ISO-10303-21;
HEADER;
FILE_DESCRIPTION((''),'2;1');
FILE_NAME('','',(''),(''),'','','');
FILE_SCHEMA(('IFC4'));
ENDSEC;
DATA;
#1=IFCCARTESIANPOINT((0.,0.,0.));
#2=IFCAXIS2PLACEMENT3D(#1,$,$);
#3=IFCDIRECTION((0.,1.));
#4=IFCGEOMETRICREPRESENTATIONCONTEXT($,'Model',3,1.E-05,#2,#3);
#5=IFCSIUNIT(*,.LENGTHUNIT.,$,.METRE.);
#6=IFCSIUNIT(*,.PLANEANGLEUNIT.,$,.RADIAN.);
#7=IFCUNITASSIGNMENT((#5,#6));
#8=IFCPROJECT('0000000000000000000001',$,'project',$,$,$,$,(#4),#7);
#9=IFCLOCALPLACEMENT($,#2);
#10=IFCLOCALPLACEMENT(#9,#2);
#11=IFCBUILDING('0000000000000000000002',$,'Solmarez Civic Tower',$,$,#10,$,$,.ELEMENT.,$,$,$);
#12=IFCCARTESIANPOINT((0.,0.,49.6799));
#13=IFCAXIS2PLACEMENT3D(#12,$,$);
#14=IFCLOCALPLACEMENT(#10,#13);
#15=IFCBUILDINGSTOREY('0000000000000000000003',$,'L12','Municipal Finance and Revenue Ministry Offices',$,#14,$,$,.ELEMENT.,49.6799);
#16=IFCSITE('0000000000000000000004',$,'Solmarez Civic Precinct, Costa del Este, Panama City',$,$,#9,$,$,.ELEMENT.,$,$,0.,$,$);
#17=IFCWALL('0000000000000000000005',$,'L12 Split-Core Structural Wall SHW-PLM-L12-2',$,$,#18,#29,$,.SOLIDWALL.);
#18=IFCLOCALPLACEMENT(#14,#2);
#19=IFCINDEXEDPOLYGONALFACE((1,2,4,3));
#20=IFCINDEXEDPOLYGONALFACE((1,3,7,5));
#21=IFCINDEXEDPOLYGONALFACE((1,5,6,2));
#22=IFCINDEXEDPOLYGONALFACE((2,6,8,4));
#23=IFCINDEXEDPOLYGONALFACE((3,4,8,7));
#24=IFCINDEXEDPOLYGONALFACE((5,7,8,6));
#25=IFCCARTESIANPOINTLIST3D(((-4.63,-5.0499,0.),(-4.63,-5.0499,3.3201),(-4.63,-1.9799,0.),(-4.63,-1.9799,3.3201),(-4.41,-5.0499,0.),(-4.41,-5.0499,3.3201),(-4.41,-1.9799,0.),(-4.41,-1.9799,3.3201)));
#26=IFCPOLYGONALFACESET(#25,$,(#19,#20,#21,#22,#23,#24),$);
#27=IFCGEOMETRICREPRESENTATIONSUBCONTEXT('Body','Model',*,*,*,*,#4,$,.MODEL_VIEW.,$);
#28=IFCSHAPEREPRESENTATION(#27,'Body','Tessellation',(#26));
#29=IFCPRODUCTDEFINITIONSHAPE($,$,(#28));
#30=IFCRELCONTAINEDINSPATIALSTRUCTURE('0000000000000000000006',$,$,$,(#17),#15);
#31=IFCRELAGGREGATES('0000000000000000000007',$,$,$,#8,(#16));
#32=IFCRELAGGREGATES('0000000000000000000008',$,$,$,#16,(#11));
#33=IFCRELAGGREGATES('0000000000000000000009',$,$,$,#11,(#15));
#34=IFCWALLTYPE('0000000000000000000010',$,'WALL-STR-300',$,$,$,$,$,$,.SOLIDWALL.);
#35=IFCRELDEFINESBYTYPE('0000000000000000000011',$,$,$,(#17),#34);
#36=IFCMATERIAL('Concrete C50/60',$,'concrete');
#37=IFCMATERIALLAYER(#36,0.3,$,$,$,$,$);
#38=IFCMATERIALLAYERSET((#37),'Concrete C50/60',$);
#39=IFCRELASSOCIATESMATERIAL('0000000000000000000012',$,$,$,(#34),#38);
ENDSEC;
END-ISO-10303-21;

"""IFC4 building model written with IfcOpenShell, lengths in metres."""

from ifc_helpers import new_model, si_unit, direction, frame, frame_2d, origin, place, context, subcontext, project, spatial, rectangle, extrude, material, layer, layer_set, type_object, element, save


model = new_model("IFC4")

# Units and contexts
model_context = context("Model", 3, precision=1e-05, world=origin(), true_north=direction((0.0, 1.0)))
body_context = subcontext(model_context, "Body", "Model", "MODEL_VIEW")
ifc_project = project(units=[si_unit("LENGTHUNIT", "METRE"), si_unit("PLANEANGLEUNIT", "RADIAN")], contexts=[model_context])

# Site, building, storey
site_placement = place(None, origin())
site = spatial("IfcSite", under=ifc_project, at=site_placement, Name="Solmarez Civic Precinct, Costa del Este, Panama City", CompositionType="ELEMENT", RefElevation=0.0)
building_placement = place(site_placement, origin())
building = spatial("IfcBuilding", under=site, at=building_placement, Name="Solmarez Civic Tower", CompositionType="ELEMENT")
storey_placement = place(building_placement, frame((0.0, 0.0, 49.6799)))
storey = spatial("IfcBuildingStorey", under=building, at=storey_placement, Name="L12", Description="Municipal Finance and Revenue Ministry Offices", CompositionType="ELEMENT", Elevation=49.6799)

# Shared definitions
ifc_material_1 = material(Name="Concrete C50/60", Category="concrete")

# Shared definitions
ifc_layer_1 = layer(ifc_material_1, 0.3)
ifc_layer_set_1 = layer_set([ifc_layer_1], Name="Concrete C50/60")
wall_type_1 = type_object("IfcWallType", Name="WALL-STR-300", PredefinedType="SOLIDWALL", material=ifc_layer_set_1)

# Wall
for number, where, z_axis, x_axis, name in (
    (1, (-4.52, -5.05, 0.0), (0.0, 0.0, 1.0), (0.0, 1.0, 0.0), "L12 Split-Core Structural Wall SHW-PLM-L12-2"),
):
    element("IfcWall", number, at=place(storey_placement, frame(where, z_axis=z_axis, x_axis=x_axis)), inside=storey, type_object=wall_type_1, Name=name, PredefinedType="SOLIDWALL", context=body_context, shape_type="SweptSolid", body=[
        extrude(rectangle(XDim=3.0701, YDim=0.22, at=frame_2d((1.5352, 0.0))), origin(), (0.0, 0.0, 1.0), 3.3201),
    ])

save(model, "model.ifc")
